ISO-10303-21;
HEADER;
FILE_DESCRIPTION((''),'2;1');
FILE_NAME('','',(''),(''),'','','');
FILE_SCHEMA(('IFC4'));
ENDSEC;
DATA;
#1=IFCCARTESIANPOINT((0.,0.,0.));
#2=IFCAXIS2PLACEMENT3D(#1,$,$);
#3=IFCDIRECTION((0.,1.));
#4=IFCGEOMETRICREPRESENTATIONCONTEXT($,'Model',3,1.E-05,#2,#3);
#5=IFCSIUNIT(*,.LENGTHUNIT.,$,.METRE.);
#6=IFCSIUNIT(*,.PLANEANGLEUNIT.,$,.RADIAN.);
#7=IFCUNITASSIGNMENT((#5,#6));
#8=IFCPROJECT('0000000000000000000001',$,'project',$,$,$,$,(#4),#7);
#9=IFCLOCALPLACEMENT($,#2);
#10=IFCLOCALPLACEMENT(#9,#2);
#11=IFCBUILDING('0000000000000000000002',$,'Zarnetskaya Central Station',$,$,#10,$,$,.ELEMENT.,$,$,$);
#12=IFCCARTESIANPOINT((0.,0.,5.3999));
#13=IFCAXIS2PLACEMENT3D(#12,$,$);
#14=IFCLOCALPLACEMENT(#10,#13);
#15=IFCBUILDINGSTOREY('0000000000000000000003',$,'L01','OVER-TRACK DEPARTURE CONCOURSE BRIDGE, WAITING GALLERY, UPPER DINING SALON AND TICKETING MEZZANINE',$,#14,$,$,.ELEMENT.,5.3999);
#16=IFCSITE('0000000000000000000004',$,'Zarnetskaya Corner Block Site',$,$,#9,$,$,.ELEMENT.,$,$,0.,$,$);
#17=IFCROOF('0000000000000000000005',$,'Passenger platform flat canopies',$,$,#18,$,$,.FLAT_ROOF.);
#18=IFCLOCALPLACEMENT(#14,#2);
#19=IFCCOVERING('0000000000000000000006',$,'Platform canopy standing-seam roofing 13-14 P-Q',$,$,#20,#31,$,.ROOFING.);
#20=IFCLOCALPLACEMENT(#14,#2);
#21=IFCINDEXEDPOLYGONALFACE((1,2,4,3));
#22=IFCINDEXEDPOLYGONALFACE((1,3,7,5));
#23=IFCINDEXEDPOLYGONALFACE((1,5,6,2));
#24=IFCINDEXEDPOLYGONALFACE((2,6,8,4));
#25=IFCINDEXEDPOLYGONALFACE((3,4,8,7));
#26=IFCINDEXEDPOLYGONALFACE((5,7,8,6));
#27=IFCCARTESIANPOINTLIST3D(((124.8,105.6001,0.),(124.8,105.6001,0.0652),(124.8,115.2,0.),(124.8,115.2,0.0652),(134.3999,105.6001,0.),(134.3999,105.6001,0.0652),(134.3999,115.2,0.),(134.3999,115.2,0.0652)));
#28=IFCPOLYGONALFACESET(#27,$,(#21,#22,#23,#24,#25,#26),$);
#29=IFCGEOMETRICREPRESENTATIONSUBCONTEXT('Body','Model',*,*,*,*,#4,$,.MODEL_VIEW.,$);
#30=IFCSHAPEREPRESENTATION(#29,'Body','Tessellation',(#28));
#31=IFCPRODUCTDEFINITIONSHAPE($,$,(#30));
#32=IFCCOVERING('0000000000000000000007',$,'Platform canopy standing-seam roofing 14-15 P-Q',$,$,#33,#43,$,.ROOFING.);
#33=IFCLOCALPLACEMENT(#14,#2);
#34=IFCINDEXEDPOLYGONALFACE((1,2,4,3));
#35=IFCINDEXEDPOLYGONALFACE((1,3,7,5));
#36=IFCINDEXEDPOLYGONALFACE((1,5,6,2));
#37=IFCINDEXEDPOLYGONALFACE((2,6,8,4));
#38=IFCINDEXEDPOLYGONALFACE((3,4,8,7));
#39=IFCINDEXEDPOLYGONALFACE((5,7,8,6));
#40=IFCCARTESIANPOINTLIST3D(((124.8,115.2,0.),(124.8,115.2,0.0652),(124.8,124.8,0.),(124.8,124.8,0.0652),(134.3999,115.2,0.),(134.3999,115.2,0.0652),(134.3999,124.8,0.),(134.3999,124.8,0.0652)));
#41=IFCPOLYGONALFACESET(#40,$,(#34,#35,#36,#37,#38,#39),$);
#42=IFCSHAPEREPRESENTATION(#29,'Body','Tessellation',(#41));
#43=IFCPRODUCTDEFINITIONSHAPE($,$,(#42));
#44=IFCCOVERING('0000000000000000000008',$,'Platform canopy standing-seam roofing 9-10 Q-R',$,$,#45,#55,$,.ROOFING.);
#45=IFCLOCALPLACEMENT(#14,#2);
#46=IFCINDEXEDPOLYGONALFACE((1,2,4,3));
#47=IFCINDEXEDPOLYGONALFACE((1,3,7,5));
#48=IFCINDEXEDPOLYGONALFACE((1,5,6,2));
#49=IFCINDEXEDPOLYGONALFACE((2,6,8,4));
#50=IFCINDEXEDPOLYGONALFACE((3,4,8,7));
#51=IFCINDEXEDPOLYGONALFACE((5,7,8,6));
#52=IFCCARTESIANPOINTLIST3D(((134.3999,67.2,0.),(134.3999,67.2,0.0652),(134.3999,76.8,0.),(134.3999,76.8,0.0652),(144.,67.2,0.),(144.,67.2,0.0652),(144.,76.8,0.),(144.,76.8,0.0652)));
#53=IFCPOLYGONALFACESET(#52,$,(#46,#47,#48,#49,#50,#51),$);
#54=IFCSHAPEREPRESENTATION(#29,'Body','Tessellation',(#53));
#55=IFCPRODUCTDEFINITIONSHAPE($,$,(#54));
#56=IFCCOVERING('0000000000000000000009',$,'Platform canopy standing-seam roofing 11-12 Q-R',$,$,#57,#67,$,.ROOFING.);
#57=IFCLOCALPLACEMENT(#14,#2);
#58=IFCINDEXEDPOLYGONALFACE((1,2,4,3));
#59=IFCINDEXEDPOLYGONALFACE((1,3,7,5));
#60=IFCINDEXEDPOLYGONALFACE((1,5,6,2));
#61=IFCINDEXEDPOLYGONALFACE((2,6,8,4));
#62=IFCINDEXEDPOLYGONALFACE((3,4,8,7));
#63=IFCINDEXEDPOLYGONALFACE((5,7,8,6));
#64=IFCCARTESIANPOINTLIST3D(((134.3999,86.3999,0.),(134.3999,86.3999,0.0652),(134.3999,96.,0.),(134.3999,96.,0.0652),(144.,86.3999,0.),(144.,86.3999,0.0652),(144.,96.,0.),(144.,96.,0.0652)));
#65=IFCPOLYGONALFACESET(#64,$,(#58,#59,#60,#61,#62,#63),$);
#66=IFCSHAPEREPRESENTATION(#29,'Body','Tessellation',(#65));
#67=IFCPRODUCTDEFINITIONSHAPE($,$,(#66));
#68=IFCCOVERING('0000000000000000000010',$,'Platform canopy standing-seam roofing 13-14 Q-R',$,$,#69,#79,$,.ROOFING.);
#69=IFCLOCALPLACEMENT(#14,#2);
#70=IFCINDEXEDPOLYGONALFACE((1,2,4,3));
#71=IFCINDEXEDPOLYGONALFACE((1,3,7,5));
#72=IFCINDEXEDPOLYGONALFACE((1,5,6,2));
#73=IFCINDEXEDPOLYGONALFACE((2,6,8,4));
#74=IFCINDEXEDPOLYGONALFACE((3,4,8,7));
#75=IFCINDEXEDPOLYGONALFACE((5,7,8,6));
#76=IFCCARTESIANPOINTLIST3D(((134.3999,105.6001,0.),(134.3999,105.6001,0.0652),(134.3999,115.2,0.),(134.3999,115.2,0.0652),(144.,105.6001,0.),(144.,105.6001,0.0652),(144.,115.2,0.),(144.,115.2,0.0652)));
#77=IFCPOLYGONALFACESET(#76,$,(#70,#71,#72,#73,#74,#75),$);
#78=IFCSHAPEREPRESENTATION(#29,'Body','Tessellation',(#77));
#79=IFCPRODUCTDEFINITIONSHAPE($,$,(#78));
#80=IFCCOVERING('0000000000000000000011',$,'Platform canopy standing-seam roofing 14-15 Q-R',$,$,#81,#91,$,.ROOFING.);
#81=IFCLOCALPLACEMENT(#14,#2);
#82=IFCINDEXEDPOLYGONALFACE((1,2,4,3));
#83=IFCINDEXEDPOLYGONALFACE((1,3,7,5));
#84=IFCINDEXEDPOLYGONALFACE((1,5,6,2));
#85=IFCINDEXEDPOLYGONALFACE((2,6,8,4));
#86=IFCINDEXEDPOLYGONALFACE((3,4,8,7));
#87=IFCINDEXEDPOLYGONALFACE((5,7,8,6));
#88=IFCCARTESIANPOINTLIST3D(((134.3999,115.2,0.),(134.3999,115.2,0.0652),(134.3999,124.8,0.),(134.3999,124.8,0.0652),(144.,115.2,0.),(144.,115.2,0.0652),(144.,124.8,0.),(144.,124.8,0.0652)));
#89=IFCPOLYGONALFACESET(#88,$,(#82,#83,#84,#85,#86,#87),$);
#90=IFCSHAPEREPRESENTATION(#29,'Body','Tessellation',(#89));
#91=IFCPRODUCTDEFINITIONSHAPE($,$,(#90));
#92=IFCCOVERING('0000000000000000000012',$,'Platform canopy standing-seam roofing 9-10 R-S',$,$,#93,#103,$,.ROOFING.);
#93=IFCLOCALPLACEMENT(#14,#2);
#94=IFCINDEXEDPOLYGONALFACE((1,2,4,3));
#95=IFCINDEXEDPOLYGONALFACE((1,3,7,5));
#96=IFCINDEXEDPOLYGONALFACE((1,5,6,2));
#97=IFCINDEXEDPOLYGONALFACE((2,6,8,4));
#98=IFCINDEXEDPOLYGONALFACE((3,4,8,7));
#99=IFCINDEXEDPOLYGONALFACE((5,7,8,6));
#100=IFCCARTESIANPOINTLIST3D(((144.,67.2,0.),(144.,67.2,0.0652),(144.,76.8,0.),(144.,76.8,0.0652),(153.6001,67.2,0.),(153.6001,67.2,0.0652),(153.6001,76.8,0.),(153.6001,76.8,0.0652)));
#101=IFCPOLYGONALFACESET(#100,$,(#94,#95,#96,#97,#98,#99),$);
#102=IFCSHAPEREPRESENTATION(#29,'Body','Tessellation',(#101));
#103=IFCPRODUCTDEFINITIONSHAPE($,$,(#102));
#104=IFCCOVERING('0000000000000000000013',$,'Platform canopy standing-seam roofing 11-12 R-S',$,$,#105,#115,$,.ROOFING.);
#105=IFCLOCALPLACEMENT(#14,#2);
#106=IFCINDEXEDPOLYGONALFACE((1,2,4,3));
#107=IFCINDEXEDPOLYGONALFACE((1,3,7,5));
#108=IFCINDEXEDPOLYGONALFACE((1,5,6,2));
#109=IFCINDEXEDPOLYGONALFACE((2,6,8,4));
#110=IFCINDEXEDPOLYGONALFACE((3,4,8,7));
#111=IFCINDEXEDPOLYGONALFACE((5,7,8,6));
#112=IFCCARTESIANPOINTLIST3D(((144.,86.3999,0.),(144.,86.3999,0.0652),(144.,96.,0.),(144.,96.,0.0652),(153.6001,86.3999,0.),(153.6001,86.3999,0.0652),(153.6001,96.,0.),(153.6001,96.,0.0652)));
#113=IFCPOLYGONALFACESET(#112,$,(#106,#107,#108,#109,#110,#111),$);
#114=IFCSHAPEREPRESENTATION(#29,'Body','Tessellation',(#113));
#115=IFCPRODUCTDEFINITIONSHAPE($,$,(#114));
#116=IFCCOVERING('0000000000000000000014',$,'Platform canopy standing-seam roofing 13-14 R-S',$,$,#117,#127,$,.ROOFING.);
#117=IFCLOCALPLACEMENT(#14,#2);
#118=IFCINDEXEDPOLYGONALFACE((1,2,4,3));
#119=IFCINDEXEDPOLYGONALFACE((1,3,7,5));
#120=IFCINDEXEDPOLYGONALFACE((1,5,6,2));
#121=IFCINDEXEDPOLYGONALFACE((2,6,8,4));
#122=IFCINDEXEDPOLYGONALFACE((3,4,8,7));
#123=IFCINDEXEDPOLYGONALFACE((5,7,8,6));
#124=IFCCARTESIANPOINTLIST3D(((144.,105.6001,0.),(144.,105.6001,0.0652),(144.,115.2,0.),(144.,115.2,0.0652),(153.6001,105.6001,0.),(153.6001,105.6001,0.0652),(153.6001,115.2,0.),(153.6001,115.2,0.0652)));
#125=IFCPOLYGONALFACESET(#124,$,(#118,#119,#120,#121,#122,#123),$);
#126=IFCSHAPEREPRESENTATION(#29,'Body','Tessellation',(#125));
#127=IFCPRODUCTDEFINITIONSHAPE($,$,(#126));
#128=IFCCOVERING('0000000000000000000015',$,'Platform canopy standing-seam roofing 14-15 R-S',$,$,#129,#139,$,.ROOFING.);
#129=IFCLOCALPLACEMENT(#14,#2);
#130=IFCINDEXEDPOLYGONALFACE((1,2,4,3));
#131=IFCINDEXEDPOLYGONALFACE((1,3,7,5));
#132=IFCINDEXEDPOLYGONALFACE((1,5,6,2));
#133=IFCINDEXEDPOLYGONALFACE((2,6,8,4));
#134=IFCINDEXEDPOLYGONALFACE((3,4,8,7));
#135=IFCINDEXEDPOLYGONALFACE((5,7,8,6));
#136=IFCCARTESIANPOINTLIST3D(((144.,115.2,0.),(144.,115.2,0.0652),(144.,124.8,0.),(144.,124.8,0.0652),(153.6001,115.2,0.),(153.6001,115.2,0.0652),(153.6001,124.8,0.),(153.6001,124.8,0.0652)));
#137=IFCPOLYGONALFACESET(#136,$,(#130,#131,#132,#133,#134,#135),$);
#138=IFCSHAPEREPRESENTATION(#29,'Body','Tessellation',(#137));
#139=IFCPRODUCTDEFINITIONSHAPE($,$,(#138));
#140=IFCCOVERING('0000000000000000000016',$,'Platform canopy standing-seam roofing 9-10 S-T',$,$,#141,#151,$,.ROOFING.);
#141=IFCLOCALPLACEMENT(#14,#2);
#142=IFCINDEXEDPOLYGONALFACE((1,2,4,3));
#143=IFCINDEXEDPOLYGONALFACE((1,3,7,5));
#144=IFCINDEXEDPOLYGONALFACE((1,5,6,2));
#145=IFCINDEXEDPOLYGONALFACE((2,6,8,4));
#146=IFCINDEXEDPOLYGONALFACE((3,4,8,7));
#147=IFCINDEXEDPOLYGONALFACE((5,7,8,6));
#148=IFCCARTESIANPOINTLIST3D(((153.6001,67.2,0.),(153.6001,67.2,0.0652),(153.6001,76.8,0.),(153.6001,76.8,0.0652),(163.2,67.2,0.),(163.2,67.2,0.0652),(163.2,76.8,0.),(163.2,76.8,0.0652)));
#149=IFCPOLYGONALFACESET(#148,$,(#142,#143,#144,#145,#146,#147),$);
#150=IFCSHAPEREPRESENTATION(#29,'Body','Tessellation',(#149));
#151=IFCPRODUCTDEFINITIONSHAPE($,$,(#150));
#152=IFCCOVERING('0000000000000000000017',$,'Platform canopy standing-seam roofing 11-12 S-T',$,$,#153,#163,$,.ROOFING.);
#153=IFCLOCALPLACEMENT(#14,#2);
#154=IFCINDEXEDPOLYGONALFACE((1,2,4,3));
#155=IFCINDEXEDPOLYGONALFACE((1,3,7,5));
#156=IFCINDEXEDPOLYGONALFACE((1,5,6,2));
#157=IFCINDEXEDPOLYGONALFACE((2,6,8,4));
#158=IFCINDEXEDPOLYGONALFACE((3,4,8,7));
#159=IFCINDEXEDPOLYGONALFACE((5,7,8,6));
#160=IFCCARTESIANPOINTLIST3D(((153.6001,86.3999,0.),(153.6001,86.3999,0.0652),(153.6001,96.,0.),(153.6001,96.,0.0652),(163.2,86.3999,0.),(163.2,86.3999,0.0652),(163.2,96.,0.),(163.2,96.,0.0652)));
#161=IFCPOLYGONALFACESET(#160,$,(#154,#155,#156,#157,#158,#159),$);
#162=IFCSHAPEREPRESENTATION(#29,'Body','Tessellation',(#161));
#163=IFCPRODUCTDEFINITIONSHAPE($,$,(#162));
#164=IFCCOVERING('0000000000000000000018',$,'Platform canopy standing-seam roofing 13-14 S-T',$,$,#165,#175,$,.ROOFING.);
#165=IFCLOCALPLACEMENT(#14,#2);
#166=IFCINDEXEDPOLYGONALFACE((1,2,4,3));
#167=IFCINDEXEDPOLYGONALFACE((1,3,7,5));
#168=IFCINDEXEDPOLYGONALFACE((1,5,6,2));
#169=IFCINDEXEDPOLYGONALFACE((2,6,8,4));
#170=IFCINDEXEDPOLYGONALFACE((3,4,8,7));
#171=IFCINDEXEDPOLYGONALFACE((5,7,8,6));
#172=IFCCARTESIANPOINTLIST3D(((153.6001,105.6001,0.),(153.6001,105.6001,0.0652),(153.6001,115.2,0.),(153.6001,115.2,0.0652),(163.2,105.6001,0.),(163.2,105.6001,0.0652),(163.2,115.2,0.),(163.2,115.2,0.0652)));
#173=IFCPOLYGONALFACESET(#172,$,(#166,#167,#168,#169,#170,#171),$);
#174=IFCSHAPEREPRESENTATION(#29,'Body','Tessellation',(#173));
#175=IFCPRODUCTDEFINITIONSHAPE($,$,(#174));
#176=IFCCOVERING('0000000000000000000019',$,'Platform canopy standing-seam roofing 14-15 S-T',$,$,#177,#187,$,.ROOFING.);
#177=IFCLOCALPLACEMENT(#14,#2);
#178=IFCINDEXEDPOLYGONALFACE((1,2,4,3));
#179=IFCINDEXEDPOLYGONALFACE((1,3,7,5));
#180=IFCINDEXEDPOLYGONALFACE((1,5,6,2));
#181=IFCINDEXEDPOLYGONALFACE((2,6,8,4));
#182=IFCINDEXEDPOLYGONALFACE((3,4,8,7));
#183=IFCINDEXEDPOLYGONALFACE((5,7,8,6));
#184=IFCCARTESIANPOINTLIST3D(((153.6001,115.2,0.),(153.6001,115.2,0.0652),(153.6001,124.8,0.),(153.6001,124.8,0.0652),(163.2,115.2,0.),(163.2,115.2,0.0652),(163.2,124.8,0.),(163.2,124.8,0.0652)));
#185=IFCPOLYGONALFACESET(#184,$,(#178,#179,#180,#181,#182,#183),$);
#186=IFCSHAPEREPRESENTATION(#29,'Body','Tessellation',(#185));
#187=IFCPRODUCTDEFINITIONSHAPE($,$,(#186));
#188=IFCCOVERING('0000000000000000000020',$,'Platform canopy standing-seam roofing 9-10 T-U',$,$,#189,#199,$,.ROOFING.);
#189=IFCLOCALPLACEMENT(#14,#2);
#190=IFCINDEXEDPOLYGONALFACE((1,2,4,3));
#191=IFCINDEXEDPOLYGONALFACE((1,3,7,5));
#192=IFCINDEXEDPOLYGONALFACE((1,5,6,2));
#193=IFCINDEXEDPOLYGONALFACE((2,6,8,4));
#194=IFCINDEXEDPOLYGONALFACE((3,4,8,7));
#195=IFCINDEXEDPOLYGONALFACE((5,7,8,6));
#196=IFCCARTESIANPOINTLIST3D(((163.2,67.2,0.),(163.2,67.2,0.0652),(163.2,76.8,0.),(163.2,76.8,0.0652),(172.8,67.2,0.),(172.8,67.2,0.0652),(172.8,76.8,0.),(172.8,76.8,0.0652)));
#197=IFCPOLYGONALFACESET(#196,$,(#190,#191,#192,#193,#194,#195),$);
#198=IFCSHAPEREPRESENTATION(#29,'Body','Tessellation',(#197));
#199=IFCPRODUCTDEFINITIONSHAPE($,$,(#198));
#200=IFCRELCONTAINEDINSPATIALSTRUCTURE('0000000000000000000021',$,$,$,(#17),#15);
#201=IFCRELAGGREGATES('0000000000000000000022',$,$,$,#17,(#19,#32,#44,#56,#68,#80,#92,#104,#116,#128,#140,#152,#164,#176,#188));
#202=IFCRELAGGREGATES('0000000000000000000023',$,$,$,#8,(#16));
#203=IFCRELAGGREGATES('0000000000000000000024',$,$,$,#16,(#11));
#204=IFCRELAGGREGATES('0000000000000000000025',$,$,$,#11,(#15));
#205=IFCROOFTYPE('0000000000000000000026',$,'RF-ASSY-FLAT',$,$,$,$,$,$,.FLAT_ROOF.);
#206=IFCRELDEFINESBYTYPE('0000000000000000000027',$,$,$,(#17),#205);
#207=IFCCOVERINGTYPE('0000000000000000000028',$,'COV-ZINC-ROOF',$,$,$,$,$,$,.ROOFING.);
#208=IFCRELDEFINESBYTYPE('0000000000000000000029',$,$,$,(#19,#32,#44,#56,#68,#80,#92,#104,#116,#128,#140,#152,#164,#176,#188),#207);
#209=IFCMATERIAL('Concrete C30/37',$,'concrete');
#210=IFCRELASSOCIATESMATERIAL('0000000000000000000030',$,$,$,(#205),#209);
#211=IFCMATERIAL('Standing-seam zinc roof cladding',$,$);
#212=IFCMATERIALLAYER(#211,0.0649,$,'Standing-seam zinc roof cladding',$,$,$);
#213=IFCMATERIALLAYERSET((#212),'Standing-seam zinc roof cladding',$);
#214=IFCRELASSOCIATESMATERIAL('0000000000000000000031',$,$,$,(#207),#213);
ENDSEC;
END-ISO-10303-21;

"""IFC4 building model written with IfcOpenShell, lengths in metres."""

from ifc_helpers import new_model, si_unit, direction, frame, origin, place, context, subcontext, project, spatial, polyline, outline, extrude, material, layer, layer_set, type_object, element, aggregate, save


model = new_model("IFC4")

# Units and contexts
model_context = context("Model", 3, precision=1e-05, world=origin(), true_north=direction((0.0, 1.0)))
body_context = subcontext(model_context, "Body", "Model", "MODEL_VIEW")
ifc_project = project(units=[si_unit("LENGTHUNIT", "METRE"), si_unit("PLANEANGLEUNIT", "RADIAN")], contexts=[model_context])

# Site, building, storey
site_placement = place(None, origin())
site = spatial("IfcSite", under=ifc_project, at=site_placement, Name="Zarnetskaya Corner Block Site", CompositionType="ELEMENT", RefElevation=0.0)
building_placement = place(site_placement, origin())
building = spatial("IfcBuilding", under=site, at=building_placement, Name="Zarnetskaya Central Station", CompositionType="ELEMENT")
storey_placement = place(building_placement, frame((0.0, 0.0, 5.3999)))
storey = spatial("IfcBuildingStorey", under=building, at=storey_placement, Name="L01", Description="OVER-TRACK DEPARTURE CONCOURSE BRIDGE, WAITING GALLERY, UPPER DINING SALON AND TICKETING MEZZANINE", CompositionType="ELEMENT", Elevation=5.3999)

# Shared definitions
ifc_material_1 = material(Name="Concrete C30/37", Category="concrete")

# Roof, coverings
roof_type = type_object("IfcRoofType", Name="RF-ASSY-FLAT", PredefinedType="FLAT_ROOF", material=ifc_material_1)
roof_placement = place(storey_placement, origin())
roof = element("IfcRoof", 1, at=roof_placement, inside=storey, type_object=roof_type, Name="Passenger platform flat canopies", PredefinedType="FLAT_ROOF")
ifc_material_2 = material(Name="Standing-seam zinc roof cladding")
ifc_layer_1 = layer(ifc_material_2, 0.0649, Name="Standing-seam zinc roof cladding")
ifc_layer_set_1 = layer_set([ifc_layer_1], Name="Standing-seam zinc roof cladding")
covering_type = type_object("IfcCoveringType", Name="COV-ZINC-ROOF", PredefinedType="ROOFING", material=ifc_layer_set_1)
covering_1_placement = place(storey_placement, origin())
covering_1 = element("IfcCovering", 2, at=covering_1_placement, type_object=covering_type, Name="Platform canopy standing-seam roofing 13-14 P-Q", PredefinedType="ROOFING", context=body_context, shape_type="SweptSolid", body=[
    extrude(outline(polyline([(124.8, 105.6001), (134.3999, 105.6001), (134.3999, 115.2), (124.8, 115.2), (124.8, 105.6001)])), origin(), (0.0, 0.0, 1.0), 0.0652),
])
covering_2_placement = place(storey_placement, origin())
covering_2 = element("IfcCovering", 3, at=covering_2_placement, type_object=covering_type, Name="Platform canopy standing-seam roofing 14-15 P-Q", PredefinedType="ROOFING", context=body_context, shape_type="SweptSolid", body=[
    extrude(outline(polyline([(124.8, 115.2), (134.3999, 115.2), (134.3999, 124.8), (124.8, 124.8), (124.8, 115.2)])), origin(), (0.0, 0.0, 1.0), 0.0652),
])
covering_3_placement = place(storey_placement, origin())
covering_3 = element("IfcCovering", 4, at=covering_3_placement, type_object=covering_type, Name="Platform canopy standing-seam roofing 9-10 Q-R", PredefinedType="ROOFING", context=body_context, shape_type="SweptSolid", body=[
    extrude(outline(polyline([(134.3999, 67.2), (144.0, 67.2), (144.0, 76.8), (134.3999, 76.8), (134.3999, 67.2)])), origin(), (0.0, 0.0, 1.0), 0.0652),
])
covering_4_placement = place(storey_placement, origin())
covering_4 = element("IfcCovering", 5, at=covering_4_placement, type_object=covering_type, Name="Platform canopy standing-seam roofing 11-12 Q-R", PredefinedType="ROOFING", context=body_context, shape_type="SweptSolid", body=[
    extrude(outline(polyline([(134.3999, 86.3999), (144.0, 86.3999), (144.0, 96.0), (134.3999, 96.0), (134.3999, 86.3999)])), origin(), (0.0, 0.0, 1.0), 0.0652),
])
covering_5_placement = place(storey_placement, origin())
covering_5 = element("IfcCovering", 6, at=covering_5_placement, type_object=covering_type, Name="Platform canopy standing-seam roofing 13-14 Q-R", PredefinedType="ROOFING", context=body_context, shape_type="SweptSolid", body=[
    extrude(outline(polyline([(134.3999, 105.6001), (144.0, 105.6001), (144.0, 115.2), (134.3999, 115.2), (134.3999, 105.6001)])), origin(), (0.0, 0.0, 1.0), 0.0652),
])
covering_6_placement = place(storey_placement, origin())
covering_6 = element("IfcCovering", 7, at=covering_6_placement, type_object=covering_type, Name="Platform canopy standing-seam roofing 14-15 Q-R", PredefinedType="ROOFING", context=body_context, shape_type="SweptSolid", body=[
    extrude(outline(polyline([(134.3999, 115.2), (144.0, 115.2), (144.0, 124.8), (134.3999, 124.8), (134.3999, 115.2)])), origin(), (0.0, 0.0, 1.0), 0.0652),
])
covering_7_placement = place(storey_placement, origin())
covering_7 = element("IfcCovering", 8, at=covering_7_placement, type_object=covering_type, Name="Platform canopy standing-seam roofing 9-10 R-S", PredefinedType="ROOFING", context=body_context, shape_type="SweptSolid", body=[
    extrude(outline(polyline([(144.0, 67.2), (153.6001, 67.2), (153.6001, 76.8), (144.0, 76.8), (144.0, 67.2)])), origin(), (0.0, 0.0, 1.0), 0.0652),
])
covering_8_placement = place(storey_placement, origin())
covering_8 = element("IfcCovering", 9, at=covering_8_placement, type_object=covering_type, Name="Platform canopy standing-seam roofing 11-12 R-S", PredefinedType="ROOFING", context=body_context, shape_type="SweptSolid", body=[
    extrude(outline(polyline([(144.0, 86.3999), (153.6001, 86.3999), (153.6001, 96.0), (144.0, 96.0), (144.0, 86.3999)])), origin(), (0.0, 0.0, 1.0), 0.0652),
])
covering_9_placement = place(storey_placement, origin())
covering_9 = element("IfcCovering", 10, at=covering_9_placement, type_object=covering_type, Name="Platform canopy standing-seam roofing 13-14 R-S", PredefinedType="ROOFING", context=body_context, shape_type="SweptSolid", body=[
    extrude(outline(polyline([(144.0, 105.6001), (153.6001, 105.6001), (153.6001, 115.2), (144.0, 115.2), (144.0, 105.6001)])), origin(), (0.0, 0.0, 1.0), 0.0652),
])
covering_10_placement = place(storey_placement, origin())
covering_10 = element("IfcCovering", 11, at=covering_10_placement, type_object=covering_type, Name="Platform canopy standing-seam roofing 14-15 R-S", PredefinedType="ROOFING", context=body_context, shape_type="SweptSolid", body=[
    extrude(outline(polyline([(144.0, 115.2), (153.6001, 115.2), (153.6001, 124.8), (144.0, 124.8), (144.0, 115.2)])), origin(), (0.0, 0.0, 1.0), 0.0652),
])
covering_11_placement = place(storey_placement, origin())
covering_11 = element("IfcCovering", 12, at=covering_11_placement, type_object=covering_type, Name="Platform canopy standing-seam roofing 9-10 S-T", PredefinedType="ROOFING", context=body_context, shape_type="SweptSolid", body=[
    extrude(outline(polyline([(153.6001, 67.2), (163.2, 67.2), (163.2, 76.8), (153.6001, 76.8), (153.6001, 67.2)])), origin(), (0.0, 0.0, 1.0), 0.0652),
])
covering_12_placement = place(storey_placement, origin())
covering_12 = element("IfcCovering", 13, at=covering_12_placement, type_object=covering_type, Name="Platform canopy standing-seam roofing 11-12 S-T", PredefinedType="ROOFING", context=body_context, shape_type="SweptSolid", body=[
    extrude(outline(polyline([(153.6001, 86.3999), (163.2, 86.3999), (163.2, 96.0), (153.6001, 96.0), (153.6001, 86.3999)])), origin(), (0.0, 0.0, 1.0), 0.0652),
])
covering_13_placement = place(storey_placement, origin())
covering_13 = element("IfcCovering", 14, at=covering_13_placement, type_object=covering_type, Name="Platform canopy standing-seam roofing 13-14 S-T", PredefinedType="ROOFING", context=body_context, shape_type="SweptSolid", body=[
    extrude(outline(polyline([(153.6001, 105.6001), (163.2, 105.6001), (163.2, 115.2), (153.6001, 115.2), (153.6001, 105.6001)])), origin(), (0.0, 0.0, 1.0), 0.0652),
])
covering_14_placement = place(storey_placement, origin())
covering_14 = element("IfcCovering", 15, at=covering_14_placement, type_object=covering_type, Name="Platform canopy standing-seam roofing 14-15 S-T", PredefinedType="ROOFING", context=body_context, shape_type="SweptSolid", body=[
    extrude(outline(polyline([(153.6001, 115.2), (163.2, 115.2), (163.2, 124.8), (153.6001, 124.8), (153.6001, 115.2)])), origin(), (0.0, 0.0, 1.0), 0.0652),
])
covering_15_placement = place(storey_placement, origin())
covering_15 = element("IfcCovering", 16, at=covering_15_placement, type_object=covering_type, Name="Platform canopy standing-seam roofing 9-10 T-U", PredefinedType="ROOFING", context=body_context, shape_type="SweptSolid", body=[
    extrude(outline(polyline([(163.2, 67.2), (172.8, 67.2), (172.8, 76.8), (163.2, 76.8), (163.2, 67.2)])), origin(), (0.0, 0.0, 1.0), 0.0652),
])
aggregate(roof, [covering_1, covering_2, covering_3, covering_4, covering_5, covering_6, covering_7, covering_8, covering_9, covering_10, covering_11, covering_12, covering_13, covering_14, covering_15])

save(model, "model.ifc")
